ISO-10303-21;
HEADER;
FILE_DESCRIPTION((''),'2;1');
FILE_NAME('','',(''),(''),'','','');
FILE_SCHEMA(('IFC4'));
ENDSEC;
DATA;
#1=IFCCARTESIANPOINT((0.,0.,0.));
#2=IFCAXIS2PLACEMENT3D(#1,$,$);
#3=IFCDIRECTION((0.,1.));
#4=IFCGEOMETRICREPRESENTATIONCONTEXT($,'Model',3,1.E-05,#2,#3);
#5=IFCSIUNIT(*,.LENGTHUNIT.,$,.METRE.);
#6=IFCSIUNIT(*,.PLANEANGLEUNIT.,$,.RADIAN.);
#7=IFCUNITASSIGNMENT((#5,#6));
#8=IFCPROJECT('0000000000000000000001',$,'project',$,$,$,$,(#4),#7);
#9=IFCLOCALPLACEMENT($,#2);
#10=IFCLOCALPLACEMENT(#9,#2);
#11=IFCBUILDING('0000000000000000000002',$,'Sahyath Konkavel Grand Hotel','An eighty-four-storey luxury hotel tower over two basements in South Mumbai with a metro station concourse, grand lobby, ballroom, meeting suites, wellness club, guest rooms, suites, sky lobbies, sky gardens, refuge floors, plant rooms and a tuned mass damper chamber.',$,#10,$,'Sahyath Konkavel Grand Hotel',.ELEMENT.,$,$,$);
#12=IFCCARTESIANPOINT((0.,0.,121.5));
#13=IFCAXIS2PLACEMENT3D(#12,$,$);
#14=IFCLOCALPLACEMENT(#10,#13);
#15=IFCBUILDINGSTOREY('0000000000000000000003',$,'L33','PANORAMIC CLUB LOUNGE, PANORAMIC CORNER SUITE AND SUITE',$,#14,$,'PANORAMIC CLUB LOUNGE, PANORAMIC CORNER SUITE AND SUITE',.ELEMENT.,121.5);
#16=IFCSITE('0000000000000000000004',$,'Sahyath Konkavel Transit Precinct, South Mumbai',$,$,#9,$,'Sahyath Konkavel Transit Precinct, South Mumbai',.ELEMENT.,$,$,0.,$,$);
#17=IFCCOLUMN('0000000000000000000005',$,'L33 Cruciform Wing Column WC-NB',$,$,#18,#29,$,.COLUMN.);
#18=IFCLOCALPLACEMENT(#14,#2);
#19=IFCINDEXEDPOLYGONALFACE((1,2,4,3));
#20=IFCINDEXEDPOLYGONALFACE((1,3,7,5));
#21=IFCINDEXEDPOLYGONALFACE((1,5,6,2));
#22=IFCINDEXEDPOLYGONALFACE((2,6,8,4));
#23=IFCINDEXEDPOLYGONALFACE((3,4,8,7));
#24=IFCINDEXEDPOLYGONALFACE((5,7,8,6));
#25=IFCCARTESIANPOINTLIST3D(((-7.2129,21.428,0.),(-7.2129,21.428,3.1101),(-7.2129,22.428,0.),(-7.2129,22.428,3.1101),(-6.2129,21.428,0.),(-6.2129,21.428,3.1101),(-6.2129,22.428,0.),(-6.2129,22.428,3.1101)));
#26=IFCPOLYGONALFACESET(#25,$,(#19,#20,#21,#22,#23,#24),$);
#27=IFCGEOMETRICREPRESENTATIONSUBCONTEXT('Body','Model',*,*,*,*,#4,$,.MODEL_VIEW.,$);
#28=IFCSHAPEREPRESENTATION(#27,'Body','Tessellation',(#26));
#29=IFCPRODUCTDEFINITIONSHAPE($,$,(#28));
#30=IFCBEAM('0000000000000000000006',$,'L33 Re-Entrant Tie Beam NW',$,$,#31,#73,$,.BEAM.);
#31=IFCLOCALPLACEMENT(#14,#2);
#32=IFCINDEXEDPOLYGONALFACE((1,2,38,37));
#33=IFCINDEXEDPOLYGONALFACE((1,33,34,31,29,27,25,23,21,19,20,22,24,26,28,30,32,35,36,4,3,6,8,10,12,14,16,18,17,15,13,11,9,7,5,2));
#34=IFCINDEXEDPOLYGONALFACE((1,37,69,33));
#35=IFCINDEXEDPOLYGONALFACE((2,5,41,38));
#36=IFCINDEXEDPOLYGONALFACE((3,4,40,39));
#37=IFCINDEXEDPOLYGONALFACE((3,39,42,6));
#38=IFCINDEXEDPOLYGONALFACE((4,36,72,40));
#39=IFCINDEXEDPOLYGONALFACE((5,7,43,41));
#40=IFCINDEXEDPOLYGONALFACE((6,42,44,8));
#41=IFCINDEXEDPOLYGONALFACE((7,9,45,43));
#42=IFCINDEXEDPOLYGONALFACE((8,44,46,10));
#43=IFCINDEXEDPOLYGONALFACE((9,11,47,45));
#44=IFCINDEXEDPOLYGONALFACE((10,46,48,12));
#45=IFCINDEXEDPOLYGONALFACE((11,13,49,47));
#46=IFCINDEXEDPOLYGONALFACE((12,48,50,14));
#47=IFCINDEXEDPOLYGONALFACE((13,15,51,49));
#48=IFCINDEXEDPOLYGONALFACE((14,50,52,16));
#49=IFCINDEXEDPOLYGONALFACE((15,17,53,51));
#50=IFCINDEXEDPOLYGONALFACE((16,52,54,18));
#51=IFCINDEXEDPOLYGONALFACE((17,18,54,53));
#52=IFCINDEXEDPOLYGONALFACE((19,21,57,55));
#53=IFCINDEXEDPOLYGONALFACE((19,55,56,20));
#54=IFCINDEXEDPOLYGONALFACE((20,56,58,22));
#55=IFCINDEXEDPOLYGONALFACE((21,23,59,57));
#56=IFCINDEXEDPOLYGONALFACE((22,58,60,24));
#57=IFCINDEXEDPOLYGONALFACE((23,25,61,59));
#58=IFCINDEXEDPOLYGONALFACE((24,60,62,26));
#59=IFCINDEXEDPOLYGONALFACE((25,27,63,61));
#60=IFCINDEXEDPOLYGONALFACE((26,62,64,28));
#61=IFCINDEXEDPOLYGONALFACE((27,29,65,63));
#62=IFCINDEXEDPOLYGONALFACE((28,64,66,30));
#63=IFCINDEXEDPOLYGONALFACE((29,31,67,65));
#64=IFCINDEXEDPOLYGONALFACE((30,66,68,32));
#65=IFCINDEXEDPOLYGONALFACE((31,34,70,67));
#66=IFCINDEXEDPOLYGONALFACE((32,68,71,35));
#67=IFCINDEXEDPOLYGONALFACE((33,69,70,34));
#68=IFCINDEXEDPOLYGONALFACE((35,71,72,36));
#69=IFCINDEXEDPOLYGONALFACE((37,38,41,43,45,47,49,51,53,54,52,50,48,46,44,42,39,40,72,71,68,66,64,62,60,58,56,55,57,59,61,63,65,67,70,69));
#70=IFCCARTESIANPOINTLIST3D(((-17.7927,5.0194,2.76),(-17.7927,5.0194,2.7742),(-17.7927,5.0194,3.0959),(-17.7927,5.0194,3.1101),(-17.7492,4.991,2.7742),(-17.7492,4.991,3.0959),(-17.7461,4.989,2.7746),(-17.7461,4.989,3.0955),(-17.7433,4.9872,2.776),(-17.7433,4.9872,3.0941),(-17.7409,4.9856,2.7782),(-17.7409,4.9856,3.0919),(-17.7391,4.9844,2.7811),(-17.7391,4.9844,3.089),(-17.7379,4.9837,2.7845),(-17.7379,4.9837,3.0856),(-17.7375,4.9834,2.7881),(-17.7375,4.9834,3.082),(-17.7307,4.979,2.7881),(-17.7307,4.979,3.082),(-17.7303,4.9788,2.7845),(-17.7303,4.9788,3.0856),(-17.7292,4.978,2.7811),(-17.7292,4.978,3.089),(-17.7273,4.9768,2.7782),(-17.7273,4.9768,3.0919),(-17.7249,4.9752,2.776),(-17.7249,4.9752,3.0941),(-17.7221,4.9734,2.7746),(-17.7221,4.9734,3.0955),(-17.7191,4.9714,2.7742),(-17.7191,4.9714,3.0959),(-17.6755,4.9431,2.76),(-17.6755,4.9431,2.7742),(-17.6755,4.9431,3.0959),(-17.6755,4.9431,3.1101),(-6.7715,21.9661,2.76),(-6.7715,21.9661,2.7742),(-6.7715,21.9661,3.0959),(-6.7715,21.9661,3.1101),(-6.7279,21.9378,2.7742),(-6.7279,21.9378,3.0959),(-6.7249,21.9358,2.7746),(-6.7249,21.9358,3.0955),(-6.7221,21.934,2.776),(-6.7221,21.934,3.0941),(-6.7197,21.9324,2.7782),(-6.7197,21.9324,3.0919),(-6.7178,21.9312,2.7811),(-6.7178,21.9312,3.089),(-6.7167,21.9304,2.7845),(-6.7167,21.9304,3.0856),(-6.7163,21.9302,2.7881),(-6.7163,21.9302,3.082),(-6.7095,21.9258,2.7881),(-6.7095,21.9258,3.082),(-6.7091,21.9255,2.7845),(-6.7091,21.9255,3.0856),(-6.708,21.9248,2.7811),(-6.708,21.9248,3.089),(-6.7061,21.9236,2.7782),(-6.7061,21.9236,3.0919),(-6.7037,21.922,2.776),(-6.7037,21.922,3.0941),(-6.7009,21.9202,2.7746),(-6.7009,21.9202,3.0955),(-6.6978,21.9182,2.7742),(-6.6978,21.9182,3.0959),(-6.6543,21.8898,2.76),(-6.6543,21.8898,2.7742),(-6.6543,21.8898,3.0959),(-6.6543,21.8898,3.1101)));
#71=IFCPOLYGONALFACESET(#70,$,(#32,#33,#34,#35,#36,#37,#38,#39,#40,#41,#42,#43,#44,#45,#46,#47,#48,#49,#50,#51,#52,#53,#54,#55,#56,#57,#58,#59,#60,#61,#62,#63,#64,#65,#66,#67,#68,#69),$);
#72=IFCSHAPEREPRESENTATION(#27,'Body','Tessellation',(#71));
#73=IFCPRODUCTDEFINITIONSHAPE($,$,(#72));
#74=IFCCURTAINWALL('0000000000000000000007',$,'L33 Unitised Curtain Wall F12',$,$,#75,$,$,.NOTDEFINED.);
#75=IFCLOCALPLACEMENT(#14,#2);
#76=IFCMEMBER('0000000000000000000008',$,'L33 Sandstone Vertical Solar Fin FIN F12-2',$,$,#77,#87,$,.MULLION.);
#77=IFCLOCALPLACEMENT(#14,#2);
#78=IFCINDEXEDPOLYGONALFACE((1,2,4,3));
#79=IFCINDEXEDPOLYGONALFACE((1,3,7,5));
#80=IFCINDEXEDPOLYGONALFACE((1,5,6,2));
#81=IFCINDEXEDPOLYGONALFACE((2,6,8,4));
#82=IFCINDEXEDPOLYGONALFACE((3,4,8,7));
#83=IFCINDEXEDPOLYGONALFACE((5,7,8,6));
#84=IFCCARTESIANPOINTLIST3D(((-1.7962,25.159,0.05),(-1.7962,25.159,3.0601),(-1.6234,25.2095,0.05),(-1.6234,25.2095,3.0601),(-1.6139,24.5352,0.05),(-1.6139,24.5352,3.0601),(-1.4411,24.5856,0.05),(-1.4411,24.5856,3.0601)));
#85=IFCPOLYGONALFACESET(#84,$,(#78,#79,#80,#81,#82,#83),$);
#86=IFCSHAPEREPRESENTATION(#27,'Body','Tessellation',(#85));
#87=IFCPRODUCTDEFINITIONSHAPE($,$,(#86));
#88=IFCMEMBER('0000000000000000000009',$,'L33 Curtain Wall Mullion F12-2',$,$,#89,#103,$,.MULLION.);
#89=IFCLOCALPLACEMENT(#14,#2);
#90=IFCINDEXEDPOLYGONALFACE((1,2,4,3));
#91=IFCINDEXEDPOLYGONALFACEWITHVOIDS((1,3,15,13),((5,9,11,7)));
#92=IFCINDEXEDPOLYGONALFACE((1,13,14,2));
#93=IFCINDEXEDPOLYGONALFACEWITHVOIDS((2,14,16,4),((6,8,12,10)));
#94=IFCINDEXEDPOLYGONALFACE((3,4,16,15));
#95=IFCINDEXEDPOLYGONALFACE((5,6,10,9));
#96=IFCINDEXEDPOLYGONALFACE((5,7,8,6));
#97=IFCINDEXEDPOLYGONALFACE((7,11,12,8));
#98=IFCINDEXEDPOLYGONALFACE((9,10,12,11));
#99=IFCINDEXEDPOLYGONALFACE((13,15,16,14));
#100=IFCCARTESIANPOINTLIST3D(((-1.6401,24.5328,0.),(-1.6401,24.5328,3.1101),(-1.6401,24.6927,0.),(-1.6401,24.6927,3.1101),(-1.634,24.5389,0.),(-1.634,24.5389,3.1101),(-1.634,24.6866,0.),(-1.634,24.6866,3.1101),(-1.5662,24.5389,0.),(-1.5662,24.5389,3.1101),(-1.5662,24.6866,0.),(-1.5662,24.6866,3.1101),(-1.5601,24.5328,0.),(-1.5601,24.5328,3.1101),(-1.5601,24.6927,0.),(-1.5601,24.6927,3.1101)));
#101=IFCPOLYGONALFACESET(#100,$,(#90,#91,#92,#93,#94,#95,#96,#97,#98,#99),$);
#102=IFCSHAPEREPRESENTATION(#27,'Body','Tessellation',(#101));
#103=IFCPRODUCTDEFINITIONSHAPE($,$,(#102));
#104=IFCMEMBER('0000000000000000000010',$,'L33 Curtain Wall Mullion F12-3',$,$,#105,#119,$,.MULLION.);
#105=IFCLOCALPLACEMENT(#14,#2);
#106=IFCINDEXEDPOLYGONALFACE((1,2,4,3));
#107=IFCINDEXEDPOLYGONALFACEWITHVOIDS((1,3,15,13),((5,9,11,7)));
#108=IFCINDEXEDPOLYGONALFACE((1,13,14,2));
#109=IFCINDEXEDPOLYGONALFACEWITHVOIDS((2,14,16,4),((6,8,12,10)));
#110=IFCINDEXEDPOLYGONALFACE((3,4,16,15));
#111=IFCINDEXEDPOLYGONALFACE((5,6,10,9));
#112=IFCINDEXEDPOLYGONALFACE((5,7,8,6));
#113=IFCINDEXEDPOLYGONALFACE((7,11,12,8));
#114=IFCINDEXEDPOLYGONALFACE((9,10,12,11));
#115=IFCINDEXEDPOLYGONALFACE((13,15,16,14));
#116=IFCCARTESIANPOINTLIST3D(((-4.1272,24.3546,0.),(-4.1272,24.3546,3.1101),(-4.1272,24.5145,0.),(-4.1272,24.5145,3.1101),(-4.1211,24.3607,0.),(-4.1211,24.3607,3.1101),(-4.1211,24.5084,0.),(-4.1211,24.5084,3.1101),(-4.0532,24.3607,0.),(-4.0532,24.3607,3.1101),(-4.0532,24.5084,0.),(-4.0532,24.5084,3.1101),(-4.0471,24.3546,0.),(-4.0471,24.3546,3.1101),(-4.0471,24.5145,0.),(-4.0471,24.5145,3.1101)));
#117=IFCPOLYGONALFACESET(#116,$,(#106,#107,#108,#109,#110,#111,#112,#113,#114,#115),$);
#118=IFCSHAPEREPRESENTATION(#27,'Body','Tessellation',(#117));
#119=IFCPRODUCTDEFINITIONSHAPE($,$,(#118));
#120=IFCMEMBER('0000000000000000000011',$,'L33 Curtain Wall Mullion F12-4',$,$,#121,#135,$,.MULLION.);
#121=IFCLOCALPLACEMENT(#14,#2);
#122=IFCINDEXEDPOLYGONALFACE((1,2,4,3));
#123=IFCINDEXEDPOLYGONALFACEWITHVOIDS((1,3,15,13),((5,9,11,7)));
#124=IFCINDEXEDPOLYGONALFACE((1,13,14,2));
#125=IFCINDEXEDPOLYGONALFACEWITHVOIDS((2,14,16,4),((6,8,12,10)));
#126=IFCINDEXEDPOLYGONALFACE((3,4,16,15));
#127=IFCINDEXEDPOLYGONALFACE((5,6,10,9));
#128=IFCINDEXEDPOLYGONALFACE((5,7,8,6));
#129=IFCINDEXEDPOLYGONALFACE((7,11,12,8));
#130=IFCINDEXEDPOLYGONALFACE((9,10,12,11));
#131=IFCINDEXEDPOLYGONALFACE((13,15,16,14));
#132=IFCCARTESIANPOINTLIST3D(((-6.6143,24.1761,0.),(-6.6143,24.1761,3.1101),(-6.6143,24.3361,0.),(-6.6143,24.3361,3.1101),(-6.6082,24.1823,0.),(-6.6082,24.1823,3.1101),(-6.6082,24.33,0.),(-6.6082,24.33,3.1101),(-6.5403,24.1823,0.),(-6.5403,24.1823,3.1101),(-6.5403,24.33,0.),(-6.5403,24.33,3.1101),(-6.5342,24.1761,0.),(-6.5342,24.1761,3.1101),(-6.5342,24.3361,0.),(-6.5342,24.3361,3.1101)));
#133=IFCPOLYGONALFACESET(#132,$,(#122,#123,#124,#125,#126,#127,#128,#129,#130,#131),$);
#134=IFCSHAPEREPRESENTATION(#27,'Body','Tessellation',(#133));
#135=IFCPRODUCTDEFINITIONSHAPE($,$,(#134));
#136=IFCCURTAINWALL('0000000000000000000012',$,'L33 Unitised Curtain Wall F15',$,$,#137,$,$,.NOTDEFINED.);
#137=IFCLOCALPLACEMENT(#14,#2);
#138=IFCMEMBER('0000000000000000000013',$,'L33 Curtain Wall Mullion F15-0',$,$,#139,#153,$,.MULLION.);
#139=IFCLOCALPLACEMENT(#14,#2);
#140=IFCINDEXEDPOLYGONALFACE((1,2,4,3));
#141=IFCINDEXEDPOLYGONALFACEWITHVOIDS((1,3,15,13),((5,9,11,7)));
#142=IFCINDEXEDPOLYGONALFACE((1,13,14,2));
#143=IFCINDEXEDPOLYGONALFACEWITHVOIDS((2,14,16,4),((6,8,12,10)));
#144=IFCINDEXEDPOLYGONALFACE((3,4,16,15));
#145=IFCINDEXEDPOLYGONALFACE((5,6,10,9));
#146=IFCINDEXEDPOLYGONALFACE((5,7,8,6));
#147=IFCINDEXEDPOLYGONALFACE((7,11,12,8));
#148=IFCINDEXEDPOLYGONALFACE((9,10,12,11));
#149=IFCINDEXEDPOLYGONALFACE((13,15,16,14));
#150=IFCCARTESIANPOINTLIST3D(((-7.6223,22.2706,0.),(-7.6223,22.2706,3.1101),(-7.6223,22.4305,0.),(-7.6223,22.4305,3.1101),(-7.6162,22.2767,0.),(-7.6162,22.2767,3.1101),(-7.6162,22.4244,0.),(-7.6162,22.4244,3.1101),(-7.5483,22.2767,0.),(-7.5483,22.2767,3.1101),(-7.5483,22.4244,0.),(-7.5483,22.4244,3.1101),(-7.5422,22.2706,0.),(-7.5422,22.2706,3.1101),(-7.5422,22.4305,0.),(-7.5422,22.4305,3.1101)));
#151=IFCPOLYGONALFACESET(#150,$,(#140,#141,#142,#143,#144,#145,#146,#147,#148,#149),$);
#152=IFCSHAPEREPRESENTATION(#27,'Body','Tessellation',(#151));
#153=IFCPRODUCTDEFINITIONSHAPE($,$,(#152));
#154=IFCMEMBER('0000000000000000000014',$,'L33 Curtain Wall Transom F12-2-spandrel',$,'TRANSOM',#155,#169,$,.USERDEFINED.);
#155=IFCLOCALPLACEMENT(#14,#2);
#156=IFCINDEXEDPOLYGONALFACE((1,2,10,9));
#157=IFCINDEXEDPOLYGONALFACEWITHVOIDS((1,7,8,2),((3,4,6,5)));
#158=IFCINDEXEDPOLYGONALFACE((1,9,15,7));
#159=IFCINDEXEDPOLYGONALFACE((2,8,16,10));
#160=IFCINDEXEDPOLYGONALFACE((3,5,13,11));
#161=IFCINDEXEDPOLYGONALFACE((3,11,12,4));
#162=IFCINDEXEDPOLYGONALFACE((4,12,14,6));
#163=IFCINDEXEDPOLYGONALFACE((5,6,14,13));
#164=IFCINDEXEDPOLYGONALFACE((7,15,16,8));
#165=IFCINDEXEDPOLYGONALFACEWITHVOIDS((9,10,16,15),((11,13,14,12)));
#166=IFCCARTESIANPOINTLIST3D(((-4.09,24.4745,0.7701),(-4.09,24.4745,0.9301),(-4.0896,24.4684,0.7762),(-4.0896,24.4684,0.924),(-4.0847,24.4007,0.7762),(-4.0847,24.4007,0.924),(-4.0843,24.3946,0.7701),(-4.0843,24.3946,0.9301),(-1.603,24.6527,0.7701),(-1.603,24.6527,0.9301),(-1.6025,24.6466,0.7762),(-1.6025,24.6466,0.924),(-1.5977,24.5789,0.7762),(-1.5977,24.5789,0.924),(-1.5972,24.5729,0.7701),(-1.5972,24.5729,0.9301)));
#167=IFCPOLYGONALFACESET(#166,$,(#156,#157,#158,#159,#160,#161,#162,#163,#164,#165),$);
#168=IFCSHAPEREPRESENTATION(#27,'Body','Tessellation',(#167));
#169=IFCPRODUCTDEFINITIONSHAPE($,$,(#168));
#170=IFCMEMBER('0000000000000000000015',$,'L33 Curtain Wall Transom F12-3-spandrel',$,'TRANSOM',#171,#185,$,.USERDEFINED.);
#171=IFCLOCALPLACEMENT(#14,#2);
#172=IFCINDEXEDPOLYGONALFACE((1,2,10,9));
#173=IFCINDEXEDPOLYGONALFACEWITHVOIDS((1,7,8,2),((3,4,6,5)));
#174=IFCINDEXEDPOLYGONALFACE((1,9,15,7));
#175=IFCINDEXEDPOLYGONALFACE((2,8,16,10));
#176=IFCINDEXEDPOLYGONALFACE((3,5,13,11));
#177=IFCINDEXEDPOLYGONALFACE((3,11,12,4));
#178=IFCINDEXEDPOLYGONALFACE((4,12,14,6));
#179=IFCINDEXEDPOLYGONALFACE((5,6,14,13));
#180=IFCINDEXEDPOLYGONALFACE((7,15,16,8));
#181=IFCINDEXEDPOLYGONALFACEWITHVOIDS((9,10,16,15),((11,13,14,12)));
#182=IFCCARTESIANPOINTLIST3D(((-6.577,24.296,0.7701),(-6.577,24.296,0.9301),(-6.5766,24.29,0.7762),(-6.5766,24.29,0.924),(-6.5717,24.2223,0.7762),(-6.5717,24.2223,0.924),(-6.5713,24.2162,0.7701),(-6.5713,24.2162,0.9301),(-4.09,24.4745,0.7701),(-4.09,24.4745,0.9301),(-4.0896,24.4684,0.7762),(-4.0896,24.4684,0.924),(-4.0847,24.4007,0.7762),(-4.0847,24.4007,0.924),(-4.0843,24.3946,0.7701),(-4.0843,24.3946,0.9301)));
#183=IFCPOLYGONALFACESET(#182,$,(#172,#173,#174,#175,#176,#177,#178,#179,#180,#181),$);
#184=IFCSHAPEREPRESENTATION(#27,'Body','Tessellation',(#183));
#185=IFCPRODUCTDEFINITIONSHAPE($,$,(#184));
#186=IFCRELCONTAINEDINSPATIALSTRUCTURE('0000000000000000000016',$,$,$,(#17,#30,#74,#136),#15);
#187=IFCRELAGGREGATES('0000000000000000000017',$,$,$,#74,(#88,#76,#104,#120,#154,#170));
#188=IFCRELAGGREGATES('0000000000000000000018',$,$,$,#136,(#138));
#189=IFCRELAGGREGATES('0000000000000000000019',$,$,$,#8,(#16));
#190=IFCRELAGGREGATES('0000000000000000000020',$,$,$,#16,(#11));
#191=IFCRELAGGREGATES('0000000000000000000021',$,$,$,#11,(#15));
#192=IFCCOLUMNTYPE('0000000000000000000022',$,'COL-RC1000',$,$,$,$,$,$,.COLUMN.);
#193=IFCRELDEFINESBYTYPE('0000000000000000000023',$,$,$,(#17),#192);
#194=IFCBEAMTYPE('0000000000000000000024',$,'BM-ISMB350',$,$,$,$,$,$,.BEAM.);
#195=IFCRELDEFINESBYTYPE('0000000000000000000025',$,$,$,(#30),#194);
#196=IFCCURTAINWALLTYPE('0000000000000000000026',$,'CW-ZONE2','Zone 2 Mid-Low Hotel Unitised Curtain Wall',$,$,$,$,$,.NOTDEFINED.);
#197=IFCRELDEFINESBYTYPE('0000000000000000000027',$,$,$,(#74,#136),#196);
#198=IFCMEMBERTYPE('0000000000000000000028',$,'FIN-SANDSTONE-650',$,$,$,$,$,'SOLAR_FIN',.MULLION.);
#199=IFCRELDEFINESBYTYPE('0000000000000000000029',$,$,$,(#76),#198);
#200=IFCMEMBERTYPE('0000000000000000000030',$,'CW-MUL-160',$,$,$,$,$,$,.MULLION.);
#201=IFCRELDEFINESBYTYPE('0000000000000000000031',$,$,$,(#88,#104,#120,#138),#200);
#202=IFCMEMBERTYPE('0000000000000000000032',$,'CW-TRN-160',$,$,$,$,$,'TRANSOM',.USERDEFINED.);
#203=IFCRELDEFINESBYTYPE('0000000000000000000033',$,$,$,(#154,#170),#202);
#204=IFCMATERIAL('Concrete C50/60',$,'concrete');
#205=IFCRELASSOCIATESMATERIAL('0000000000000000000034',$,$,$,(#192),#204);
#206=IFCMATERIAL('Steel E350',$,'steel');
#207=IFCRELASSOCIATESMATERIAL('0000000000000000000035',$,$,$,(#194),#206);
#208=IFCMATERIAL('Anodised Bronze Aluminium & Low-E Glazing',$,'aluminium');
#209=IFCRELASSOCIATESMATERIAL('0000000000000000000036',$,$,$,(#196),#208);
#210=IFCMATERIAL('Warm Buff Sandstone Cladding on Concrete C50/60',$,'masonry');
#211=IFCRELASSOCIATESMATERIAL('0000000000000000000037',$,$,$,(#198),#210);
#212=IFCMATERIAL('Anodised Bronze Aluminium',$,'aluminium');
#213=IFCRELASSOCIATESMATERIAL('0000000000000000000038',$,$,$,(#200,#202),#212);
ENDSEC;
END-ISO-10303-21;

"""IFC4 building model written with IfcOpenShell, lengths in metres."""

from ifc_helpers import new_model, si_unit, direction, frame, origin, origin_2d, place, context, subcontext, project, spatial, rectangle, hollow_rectangle, i_section, extrude, source, transform, mapped, material, material_profile, profile_set, type_object, element, aggregate, save


model = new_model("IFC4")

# Units and contexts
model_context = context("Model", 3, precision=1e-05, world=origin(), true_north=direction((0.0, 1.0)))
body_context = subcontext(model_context, "Body", "Model", "MODEL_VIEW")
ifc_project = project(units=[si_unit("LENGTHUNIT", "METRE"), si_unit("PLANEANGLEUNIT", "RADIAN")], contexts=[model_context])

# Site, building, storey
site_placement = place(None, origin())
site = spatial("IfcSite", under=ifc_project, at=site_placement, Name="Sahyath Konkavel Transit Precinct, South Mumbai", LongName="Sahyath Konkavel Transit Precinct, South Mumbai", CompositionType="ELEMENT", RefElevation=0.0)
building_placement = place(site_placement, origin())
building = spatial("IfcBuilding", under=site, at=building_placement, Name="Sahyath Konkavel Grand Hotel", Description="An eighty-four-storey luxury hotel tower over two basements in South Mumbai with a metro station concourse, grand lobby, ballroom, meeting suites, wellness club, guest rooms, suites, sky lobbies, sky gardens, refuge floors, plant rooms and a tuned mass damper chamber.", LongName="Sahyath Konkavel Grand Hotel", CompositionType="ELEMENT")
storey_placement = place(building_placement, frame((0.0, 0.0, 121.5)))
storey = spatial("IfcBuildingStorey", under=building, at=storey_placement, Name="L33", Description="PANORAMIC CLUB LOUNGE, PANORAMIC CORNER SUITE AND SUITE", LongName="PANORAMIC CLUB LOUNGE, PANORAMIC CORNER SUITE AND SUITE", CompositionType="ELEMENT", Elevation=121.5)

# Column
ifc_material_1 = material(Name="Concrete C50/60", Category="concrete")
ifc_material_profile_1 = material_profile(ifc_material_1, rectangle(XDim=1.0, YDim=1.0, at=origin_2d()), Name="RC 1000x1000")
ifc_profile_set_1 = profile_set([ifc_material_profile_1], Name="Concrete C50/60")
column_type = type_object("IfcColumnType", Name="COL-RC1000", PredefinedType="COLUMN", material=ifc_profile_set_1)
shared_shape_1 = source(origin(), body_context, "Body", "SweptSolid", [
    extrude(rectangle(XDim=1.0, YDim=1.0, at=origin_2d()), origin(), (0.0, 0.0, 1.0), 3.1101),
])
column_placement = place(storey_placement, frame((-6.7129, 21.928, 0.0), z_axis=(0.0, 0.0, 1.0), x_axis=(1.0, 0.0, 0.0)))
element("IfcColumn", 1, at=column_placement, inside=storey, type_object=column_type, Name="L33 Cruciform Wing Column WC-NB", PredefinedType="COLUMN", context=body_context, shape_type="MappedRepresentation", body=[
    mapped(shared_shape_1, transform((0.0, 0.0, 0.0), scale=1.0)),
])

# Beam
ifc_material_2 = material(Name="Steel E350", Category="steel")
ifc_material_profile_2 = material_profile(ifc_material_2, i_section(OverallWidth=0.1399, OverallDepth=0.3501, WebThickness=0.0081, FlangeThickness=0.0142, FilletRadius=0.0139, at=origin_2d()), Name="ISMB 350")
ifc_profile_set_2 = profile_set([ifc_material_profile_2], Name="Steel E350")
beam_type_1 = type_object("IfcBeamType", Name="BM-ISMB350", PredefinedType="BEAM", material=ifc_profile_set_2)
shared_shape_2 = source(origin(), body_context, "Body", "SweptSolid", [
    extrude(i_section(OverallWidth=0.1399, OverallDepth=0.3501, WebThickness=0.0081, FlangeThickness=0.0142, FilletRadius=0.0139, at=origin_2d()), origin(), (0.0, 0.0, 1.0), 20.2153),
])
beam_1_placement = place(storey_placement, frame((-6.7129, 21.928, 2.9351), z_axis=(-0.545191, -0.838312, 0.0), x_axis=(0.838312, -0.545191, 0.0)))
element("IfcBeam", 2, at=beam_1_placement, inside=storey, type_object=beam_type_1, Name="L33 Re-Entrant Tie Beam NW", PredefinedType="BEAM", context=body_context, shape_type="MappedRepresentation", body=[
    mapped(shared_shape_2, transform((0.0, 0.0, 0.0), scale=1.0)),
])

# Curtain wall, members
ifc_material_3 = material(Name="Anodised Bronze Aluminium & Low-E Glazing", Category="aluminium")
curtain_wall_type = type_object("IfcCurtainWallType", Name="CW-ZONE2", Description="Zone 2 Mid-Low Hotel Unitised Curtain Wall", PredefinedType="NOTDEFINED", material=ifc_material_3)
curtain_wall_1_placement = place(storey_placement, origin())
curtain_wall_1 = element("IfcCurtainWall", 3, at=curtain_wall_1_placement, inside=storey, type_object=curtain_wall_type, Name="L33 Unitised Curtain Wall F12", PredefinedType="NOTDEFINED")
ifc_material_4 = material(Name="Warm Buff Sandstone Cladding on Concrete C50/60", Category="masonry")
ifc_material_profile_3 = material_profile(ifc_material_4, rectangle(XDim=0.1799, YDim=0.6499, at=origin_2d()), Name="FIN 180x650")
ifc_profile_set_3 = profile_set([ifc_material_profile_3], Name="Warm Buff Sandstone Cladding on Concrete C50/60")
member_type_1 = type_object("IfcMemberType", Name="FIN-SANDSTONE-650", ElementType="SOLAR_FIN", PredefinedType="MULLION", material=ifc_profile_set_3)
shared_shape_3 = source(origin(), body_context, "Body", "SweptSolid", [
    extrude(rectangle(XDim=0.1799, YDim=0.6499, at=origin_2d()), origin(), (0.0, 0.0, 1.0), 3.01),
])
member_1_placement = place(storey_placement, frame((-1.6187, 24.8723, 0.05), z_axis=(0.0, 0.0, 1.0), x_axis=(0.959854, 0.280499, 0.0)))
member_1 = element("IfcMember", 4, at=member_1_placement, type_object=member_type_1, Name="L33 Sandstone Vertical Solar Fin FIN F12-2", PredefinedType="MULLION", context=body_context, shape_type="MappedRepresentation", body=[
    mapped(shared_shape_3, transform((0.0, 0.0, 0.0), scale=1.0)),
])
ifc_material_5 = material(Name="Anodised Bronze Aluminium", Category="aluminium")
ifc_material_profile_4 = material_profile(ifc_material_5, hollow_rectangle(XDim=0.0801, YDim=0.1599, WallThickness=0.0061, at=origin_2d()), Name="RHS 160x80x6")
ifc_profile_set_4 = profile_set([ifc_material_profile_4], Name="Anodised Bronze Aluminium")
member_type_2 = type_object("IfcMemberType", Name="CW-MUL-160", PredefinedType="MULLION", material=ifc_profile_set_4)
shared_shape_4 = source(origin(), body_context, "Body", "SweptSolid", [
    extrude(hollow_rectangle(XDim=0.0801, YDim=0.1599, WallThickness=0.0061, at=origin_2d()), origin(), (0.0, 0.0, 1.0), 3.1101),
])
member_2_placement = place(storey_placement, frame((-1.6001, 24.6128, 0.0), z_axis=(0.0, 0.0, 1.0), x_axis=(1.0, 0.0, 0.0)))
member_2 = element("IfcMember", 5, at=member_2_placement, type_object=member_type_2, Name="L33 Curtain Wall Mullion F12-2", PredefinedType="MULLION", context=body_context, shape_type="MappedRepresentation", body=[
    mapped(shared_shape_4, transform((0.0, 0.0, 0.0), scale=1.0)),
])
member_3_placement = place(storey_placement, frame((-4.0872, 24.4346, 0.0), z_axis=(0.0, 0.0, 1.0), x_axis=(1.0, 0.0, 0.0)))
member_3 = element("IfcMember", 6, at=member_3_placement, type_object=member_type_2, Name="L33 Curtain Wall Mullion F12-3", PredefinedType="MULLION", context=body_context, shape_type="MappedRepresentation", body=[
    mapped(shared_shape_4, transform((0.0, 0.0, 0.0), scale=1.0)),
])
member_4_placement = place(storey_placement, frame((-6.5742, 24.2561, 0.0), z_axis=(0.0, 0.0, 1.0), x_axis=(1.0, 0.0, 0.0)))
member_4 = element("IfcMember", 7, at=member_4_placement, type_object=member_type_2, Name="L33 Curtain Wall Mullion F12-4", PredefinedType="MULLION", context=body_context, shape_type="MappedRepresentation", body=[
    mapped(shared_shape_4, transform((0.0, 0.0, 0.0), scale=1.0)),
])

# Curtain wall, member
curtain_wall_2_placement = place(storey_placement, origin())
curtain_wall_2 = element("IfcCurtainWall", 8, at=curtain_wall_2_placement, inside=storey, type_object=curtain_wall_type, Name="L33 Unitised Curtain Wall F15", PredefinedType="NOTDEFINED")
member_5_placement = place(storey_placement, frame((-7.5823, 22.3506, 0.0), z_axis=(0.0, 0.0, 1.0), x_axis=(1.0, 0.0, 0.0)))
member_5 = element("IfcMember", 9, at=member_5_placement, type_object=member_type_2, Name="L33 Curtain Wall Mullion F15-0", PredefinedType="MULLION", context=body_context, shape_type="MappedRepresentation", body=[
    mapped(shared_shape_4, transform((0.0, 0.0, 0.0), scale=1.0)),
])

# Members
ifc_material_profile_5 = material_profile(ifc_material_5, hollow_rectangle(XDim=0.0801, YDim=0.1599, WallThickness=0.0061, at=origin_2d()), Name="RHS 160x80x6")
ifc_profile_set_5 = profile_set([ifc_material_profile_5], Name="Anodised Bronze Aluminium")
member_type_3 = type_object("IfcMemberType", Name="CW-TRN-160", ElementType="TRANSOM", PredefinedType="USERDEFINED", material=ifc_profile_set_5)
shared_shape_5 = source(origin(), body_context, "Body", "SweptSolid", [
    extrude(hollow_rectangle(XDim=0.0801, YDim=0.1599, WallThickness=0.0061, at=origin_2d()), origin(), (0.0, 0.0, 1.0), 2.4934),
])
member_6_placement = place(storey_placement, frame((-1.6001, 24.6128, 0.8501), z_axis=(-0.997442, -0.071477, 0.0), x_axis=(0.071477, -0.997442, 0.0)))
member_6 = element("IfcMember", 10, at=member_6_placement, type_object=member_type_3, Name="L33 Curtain Wall Transom F12-2-spandrel", ObjectType="TRANSOM", PredefinedType="USERDEFINED", context=body_context, shape_type="MappedRepresentation", body=[
    mapped(shared_shape_5, transform((0.0, 0.0, 0.0), scale=1.0)),
])
member_7_placement = place(storey_placement, frame((-4.0872, 24.4346, 0.8501), z_axis=(-0.997435, -0.071574, 0.0), x_axis=(0.071574, -0.997435, 0.0)))
member_7 = element("IfcMember", 11, at=member_7_placement, type_object=member_type_3, Name="L33 Curtain Wall Transom F12-3-spandrel", ObjectType="TRANSOM", PredefinedType="USERDEFINED", context=body_context, shape_type="MappedRepresentation", body=[
    mapped(shared_shape_5, transform((0.0, 0.0, 0.0), scale=1.0)),
])

aggregate(curtain_wall_1, [member_2, member_1, member_3, member_4, member_6, member_7])
aggregate(curtain_wall_2, [member_5])

save(model, "model.ifc")
